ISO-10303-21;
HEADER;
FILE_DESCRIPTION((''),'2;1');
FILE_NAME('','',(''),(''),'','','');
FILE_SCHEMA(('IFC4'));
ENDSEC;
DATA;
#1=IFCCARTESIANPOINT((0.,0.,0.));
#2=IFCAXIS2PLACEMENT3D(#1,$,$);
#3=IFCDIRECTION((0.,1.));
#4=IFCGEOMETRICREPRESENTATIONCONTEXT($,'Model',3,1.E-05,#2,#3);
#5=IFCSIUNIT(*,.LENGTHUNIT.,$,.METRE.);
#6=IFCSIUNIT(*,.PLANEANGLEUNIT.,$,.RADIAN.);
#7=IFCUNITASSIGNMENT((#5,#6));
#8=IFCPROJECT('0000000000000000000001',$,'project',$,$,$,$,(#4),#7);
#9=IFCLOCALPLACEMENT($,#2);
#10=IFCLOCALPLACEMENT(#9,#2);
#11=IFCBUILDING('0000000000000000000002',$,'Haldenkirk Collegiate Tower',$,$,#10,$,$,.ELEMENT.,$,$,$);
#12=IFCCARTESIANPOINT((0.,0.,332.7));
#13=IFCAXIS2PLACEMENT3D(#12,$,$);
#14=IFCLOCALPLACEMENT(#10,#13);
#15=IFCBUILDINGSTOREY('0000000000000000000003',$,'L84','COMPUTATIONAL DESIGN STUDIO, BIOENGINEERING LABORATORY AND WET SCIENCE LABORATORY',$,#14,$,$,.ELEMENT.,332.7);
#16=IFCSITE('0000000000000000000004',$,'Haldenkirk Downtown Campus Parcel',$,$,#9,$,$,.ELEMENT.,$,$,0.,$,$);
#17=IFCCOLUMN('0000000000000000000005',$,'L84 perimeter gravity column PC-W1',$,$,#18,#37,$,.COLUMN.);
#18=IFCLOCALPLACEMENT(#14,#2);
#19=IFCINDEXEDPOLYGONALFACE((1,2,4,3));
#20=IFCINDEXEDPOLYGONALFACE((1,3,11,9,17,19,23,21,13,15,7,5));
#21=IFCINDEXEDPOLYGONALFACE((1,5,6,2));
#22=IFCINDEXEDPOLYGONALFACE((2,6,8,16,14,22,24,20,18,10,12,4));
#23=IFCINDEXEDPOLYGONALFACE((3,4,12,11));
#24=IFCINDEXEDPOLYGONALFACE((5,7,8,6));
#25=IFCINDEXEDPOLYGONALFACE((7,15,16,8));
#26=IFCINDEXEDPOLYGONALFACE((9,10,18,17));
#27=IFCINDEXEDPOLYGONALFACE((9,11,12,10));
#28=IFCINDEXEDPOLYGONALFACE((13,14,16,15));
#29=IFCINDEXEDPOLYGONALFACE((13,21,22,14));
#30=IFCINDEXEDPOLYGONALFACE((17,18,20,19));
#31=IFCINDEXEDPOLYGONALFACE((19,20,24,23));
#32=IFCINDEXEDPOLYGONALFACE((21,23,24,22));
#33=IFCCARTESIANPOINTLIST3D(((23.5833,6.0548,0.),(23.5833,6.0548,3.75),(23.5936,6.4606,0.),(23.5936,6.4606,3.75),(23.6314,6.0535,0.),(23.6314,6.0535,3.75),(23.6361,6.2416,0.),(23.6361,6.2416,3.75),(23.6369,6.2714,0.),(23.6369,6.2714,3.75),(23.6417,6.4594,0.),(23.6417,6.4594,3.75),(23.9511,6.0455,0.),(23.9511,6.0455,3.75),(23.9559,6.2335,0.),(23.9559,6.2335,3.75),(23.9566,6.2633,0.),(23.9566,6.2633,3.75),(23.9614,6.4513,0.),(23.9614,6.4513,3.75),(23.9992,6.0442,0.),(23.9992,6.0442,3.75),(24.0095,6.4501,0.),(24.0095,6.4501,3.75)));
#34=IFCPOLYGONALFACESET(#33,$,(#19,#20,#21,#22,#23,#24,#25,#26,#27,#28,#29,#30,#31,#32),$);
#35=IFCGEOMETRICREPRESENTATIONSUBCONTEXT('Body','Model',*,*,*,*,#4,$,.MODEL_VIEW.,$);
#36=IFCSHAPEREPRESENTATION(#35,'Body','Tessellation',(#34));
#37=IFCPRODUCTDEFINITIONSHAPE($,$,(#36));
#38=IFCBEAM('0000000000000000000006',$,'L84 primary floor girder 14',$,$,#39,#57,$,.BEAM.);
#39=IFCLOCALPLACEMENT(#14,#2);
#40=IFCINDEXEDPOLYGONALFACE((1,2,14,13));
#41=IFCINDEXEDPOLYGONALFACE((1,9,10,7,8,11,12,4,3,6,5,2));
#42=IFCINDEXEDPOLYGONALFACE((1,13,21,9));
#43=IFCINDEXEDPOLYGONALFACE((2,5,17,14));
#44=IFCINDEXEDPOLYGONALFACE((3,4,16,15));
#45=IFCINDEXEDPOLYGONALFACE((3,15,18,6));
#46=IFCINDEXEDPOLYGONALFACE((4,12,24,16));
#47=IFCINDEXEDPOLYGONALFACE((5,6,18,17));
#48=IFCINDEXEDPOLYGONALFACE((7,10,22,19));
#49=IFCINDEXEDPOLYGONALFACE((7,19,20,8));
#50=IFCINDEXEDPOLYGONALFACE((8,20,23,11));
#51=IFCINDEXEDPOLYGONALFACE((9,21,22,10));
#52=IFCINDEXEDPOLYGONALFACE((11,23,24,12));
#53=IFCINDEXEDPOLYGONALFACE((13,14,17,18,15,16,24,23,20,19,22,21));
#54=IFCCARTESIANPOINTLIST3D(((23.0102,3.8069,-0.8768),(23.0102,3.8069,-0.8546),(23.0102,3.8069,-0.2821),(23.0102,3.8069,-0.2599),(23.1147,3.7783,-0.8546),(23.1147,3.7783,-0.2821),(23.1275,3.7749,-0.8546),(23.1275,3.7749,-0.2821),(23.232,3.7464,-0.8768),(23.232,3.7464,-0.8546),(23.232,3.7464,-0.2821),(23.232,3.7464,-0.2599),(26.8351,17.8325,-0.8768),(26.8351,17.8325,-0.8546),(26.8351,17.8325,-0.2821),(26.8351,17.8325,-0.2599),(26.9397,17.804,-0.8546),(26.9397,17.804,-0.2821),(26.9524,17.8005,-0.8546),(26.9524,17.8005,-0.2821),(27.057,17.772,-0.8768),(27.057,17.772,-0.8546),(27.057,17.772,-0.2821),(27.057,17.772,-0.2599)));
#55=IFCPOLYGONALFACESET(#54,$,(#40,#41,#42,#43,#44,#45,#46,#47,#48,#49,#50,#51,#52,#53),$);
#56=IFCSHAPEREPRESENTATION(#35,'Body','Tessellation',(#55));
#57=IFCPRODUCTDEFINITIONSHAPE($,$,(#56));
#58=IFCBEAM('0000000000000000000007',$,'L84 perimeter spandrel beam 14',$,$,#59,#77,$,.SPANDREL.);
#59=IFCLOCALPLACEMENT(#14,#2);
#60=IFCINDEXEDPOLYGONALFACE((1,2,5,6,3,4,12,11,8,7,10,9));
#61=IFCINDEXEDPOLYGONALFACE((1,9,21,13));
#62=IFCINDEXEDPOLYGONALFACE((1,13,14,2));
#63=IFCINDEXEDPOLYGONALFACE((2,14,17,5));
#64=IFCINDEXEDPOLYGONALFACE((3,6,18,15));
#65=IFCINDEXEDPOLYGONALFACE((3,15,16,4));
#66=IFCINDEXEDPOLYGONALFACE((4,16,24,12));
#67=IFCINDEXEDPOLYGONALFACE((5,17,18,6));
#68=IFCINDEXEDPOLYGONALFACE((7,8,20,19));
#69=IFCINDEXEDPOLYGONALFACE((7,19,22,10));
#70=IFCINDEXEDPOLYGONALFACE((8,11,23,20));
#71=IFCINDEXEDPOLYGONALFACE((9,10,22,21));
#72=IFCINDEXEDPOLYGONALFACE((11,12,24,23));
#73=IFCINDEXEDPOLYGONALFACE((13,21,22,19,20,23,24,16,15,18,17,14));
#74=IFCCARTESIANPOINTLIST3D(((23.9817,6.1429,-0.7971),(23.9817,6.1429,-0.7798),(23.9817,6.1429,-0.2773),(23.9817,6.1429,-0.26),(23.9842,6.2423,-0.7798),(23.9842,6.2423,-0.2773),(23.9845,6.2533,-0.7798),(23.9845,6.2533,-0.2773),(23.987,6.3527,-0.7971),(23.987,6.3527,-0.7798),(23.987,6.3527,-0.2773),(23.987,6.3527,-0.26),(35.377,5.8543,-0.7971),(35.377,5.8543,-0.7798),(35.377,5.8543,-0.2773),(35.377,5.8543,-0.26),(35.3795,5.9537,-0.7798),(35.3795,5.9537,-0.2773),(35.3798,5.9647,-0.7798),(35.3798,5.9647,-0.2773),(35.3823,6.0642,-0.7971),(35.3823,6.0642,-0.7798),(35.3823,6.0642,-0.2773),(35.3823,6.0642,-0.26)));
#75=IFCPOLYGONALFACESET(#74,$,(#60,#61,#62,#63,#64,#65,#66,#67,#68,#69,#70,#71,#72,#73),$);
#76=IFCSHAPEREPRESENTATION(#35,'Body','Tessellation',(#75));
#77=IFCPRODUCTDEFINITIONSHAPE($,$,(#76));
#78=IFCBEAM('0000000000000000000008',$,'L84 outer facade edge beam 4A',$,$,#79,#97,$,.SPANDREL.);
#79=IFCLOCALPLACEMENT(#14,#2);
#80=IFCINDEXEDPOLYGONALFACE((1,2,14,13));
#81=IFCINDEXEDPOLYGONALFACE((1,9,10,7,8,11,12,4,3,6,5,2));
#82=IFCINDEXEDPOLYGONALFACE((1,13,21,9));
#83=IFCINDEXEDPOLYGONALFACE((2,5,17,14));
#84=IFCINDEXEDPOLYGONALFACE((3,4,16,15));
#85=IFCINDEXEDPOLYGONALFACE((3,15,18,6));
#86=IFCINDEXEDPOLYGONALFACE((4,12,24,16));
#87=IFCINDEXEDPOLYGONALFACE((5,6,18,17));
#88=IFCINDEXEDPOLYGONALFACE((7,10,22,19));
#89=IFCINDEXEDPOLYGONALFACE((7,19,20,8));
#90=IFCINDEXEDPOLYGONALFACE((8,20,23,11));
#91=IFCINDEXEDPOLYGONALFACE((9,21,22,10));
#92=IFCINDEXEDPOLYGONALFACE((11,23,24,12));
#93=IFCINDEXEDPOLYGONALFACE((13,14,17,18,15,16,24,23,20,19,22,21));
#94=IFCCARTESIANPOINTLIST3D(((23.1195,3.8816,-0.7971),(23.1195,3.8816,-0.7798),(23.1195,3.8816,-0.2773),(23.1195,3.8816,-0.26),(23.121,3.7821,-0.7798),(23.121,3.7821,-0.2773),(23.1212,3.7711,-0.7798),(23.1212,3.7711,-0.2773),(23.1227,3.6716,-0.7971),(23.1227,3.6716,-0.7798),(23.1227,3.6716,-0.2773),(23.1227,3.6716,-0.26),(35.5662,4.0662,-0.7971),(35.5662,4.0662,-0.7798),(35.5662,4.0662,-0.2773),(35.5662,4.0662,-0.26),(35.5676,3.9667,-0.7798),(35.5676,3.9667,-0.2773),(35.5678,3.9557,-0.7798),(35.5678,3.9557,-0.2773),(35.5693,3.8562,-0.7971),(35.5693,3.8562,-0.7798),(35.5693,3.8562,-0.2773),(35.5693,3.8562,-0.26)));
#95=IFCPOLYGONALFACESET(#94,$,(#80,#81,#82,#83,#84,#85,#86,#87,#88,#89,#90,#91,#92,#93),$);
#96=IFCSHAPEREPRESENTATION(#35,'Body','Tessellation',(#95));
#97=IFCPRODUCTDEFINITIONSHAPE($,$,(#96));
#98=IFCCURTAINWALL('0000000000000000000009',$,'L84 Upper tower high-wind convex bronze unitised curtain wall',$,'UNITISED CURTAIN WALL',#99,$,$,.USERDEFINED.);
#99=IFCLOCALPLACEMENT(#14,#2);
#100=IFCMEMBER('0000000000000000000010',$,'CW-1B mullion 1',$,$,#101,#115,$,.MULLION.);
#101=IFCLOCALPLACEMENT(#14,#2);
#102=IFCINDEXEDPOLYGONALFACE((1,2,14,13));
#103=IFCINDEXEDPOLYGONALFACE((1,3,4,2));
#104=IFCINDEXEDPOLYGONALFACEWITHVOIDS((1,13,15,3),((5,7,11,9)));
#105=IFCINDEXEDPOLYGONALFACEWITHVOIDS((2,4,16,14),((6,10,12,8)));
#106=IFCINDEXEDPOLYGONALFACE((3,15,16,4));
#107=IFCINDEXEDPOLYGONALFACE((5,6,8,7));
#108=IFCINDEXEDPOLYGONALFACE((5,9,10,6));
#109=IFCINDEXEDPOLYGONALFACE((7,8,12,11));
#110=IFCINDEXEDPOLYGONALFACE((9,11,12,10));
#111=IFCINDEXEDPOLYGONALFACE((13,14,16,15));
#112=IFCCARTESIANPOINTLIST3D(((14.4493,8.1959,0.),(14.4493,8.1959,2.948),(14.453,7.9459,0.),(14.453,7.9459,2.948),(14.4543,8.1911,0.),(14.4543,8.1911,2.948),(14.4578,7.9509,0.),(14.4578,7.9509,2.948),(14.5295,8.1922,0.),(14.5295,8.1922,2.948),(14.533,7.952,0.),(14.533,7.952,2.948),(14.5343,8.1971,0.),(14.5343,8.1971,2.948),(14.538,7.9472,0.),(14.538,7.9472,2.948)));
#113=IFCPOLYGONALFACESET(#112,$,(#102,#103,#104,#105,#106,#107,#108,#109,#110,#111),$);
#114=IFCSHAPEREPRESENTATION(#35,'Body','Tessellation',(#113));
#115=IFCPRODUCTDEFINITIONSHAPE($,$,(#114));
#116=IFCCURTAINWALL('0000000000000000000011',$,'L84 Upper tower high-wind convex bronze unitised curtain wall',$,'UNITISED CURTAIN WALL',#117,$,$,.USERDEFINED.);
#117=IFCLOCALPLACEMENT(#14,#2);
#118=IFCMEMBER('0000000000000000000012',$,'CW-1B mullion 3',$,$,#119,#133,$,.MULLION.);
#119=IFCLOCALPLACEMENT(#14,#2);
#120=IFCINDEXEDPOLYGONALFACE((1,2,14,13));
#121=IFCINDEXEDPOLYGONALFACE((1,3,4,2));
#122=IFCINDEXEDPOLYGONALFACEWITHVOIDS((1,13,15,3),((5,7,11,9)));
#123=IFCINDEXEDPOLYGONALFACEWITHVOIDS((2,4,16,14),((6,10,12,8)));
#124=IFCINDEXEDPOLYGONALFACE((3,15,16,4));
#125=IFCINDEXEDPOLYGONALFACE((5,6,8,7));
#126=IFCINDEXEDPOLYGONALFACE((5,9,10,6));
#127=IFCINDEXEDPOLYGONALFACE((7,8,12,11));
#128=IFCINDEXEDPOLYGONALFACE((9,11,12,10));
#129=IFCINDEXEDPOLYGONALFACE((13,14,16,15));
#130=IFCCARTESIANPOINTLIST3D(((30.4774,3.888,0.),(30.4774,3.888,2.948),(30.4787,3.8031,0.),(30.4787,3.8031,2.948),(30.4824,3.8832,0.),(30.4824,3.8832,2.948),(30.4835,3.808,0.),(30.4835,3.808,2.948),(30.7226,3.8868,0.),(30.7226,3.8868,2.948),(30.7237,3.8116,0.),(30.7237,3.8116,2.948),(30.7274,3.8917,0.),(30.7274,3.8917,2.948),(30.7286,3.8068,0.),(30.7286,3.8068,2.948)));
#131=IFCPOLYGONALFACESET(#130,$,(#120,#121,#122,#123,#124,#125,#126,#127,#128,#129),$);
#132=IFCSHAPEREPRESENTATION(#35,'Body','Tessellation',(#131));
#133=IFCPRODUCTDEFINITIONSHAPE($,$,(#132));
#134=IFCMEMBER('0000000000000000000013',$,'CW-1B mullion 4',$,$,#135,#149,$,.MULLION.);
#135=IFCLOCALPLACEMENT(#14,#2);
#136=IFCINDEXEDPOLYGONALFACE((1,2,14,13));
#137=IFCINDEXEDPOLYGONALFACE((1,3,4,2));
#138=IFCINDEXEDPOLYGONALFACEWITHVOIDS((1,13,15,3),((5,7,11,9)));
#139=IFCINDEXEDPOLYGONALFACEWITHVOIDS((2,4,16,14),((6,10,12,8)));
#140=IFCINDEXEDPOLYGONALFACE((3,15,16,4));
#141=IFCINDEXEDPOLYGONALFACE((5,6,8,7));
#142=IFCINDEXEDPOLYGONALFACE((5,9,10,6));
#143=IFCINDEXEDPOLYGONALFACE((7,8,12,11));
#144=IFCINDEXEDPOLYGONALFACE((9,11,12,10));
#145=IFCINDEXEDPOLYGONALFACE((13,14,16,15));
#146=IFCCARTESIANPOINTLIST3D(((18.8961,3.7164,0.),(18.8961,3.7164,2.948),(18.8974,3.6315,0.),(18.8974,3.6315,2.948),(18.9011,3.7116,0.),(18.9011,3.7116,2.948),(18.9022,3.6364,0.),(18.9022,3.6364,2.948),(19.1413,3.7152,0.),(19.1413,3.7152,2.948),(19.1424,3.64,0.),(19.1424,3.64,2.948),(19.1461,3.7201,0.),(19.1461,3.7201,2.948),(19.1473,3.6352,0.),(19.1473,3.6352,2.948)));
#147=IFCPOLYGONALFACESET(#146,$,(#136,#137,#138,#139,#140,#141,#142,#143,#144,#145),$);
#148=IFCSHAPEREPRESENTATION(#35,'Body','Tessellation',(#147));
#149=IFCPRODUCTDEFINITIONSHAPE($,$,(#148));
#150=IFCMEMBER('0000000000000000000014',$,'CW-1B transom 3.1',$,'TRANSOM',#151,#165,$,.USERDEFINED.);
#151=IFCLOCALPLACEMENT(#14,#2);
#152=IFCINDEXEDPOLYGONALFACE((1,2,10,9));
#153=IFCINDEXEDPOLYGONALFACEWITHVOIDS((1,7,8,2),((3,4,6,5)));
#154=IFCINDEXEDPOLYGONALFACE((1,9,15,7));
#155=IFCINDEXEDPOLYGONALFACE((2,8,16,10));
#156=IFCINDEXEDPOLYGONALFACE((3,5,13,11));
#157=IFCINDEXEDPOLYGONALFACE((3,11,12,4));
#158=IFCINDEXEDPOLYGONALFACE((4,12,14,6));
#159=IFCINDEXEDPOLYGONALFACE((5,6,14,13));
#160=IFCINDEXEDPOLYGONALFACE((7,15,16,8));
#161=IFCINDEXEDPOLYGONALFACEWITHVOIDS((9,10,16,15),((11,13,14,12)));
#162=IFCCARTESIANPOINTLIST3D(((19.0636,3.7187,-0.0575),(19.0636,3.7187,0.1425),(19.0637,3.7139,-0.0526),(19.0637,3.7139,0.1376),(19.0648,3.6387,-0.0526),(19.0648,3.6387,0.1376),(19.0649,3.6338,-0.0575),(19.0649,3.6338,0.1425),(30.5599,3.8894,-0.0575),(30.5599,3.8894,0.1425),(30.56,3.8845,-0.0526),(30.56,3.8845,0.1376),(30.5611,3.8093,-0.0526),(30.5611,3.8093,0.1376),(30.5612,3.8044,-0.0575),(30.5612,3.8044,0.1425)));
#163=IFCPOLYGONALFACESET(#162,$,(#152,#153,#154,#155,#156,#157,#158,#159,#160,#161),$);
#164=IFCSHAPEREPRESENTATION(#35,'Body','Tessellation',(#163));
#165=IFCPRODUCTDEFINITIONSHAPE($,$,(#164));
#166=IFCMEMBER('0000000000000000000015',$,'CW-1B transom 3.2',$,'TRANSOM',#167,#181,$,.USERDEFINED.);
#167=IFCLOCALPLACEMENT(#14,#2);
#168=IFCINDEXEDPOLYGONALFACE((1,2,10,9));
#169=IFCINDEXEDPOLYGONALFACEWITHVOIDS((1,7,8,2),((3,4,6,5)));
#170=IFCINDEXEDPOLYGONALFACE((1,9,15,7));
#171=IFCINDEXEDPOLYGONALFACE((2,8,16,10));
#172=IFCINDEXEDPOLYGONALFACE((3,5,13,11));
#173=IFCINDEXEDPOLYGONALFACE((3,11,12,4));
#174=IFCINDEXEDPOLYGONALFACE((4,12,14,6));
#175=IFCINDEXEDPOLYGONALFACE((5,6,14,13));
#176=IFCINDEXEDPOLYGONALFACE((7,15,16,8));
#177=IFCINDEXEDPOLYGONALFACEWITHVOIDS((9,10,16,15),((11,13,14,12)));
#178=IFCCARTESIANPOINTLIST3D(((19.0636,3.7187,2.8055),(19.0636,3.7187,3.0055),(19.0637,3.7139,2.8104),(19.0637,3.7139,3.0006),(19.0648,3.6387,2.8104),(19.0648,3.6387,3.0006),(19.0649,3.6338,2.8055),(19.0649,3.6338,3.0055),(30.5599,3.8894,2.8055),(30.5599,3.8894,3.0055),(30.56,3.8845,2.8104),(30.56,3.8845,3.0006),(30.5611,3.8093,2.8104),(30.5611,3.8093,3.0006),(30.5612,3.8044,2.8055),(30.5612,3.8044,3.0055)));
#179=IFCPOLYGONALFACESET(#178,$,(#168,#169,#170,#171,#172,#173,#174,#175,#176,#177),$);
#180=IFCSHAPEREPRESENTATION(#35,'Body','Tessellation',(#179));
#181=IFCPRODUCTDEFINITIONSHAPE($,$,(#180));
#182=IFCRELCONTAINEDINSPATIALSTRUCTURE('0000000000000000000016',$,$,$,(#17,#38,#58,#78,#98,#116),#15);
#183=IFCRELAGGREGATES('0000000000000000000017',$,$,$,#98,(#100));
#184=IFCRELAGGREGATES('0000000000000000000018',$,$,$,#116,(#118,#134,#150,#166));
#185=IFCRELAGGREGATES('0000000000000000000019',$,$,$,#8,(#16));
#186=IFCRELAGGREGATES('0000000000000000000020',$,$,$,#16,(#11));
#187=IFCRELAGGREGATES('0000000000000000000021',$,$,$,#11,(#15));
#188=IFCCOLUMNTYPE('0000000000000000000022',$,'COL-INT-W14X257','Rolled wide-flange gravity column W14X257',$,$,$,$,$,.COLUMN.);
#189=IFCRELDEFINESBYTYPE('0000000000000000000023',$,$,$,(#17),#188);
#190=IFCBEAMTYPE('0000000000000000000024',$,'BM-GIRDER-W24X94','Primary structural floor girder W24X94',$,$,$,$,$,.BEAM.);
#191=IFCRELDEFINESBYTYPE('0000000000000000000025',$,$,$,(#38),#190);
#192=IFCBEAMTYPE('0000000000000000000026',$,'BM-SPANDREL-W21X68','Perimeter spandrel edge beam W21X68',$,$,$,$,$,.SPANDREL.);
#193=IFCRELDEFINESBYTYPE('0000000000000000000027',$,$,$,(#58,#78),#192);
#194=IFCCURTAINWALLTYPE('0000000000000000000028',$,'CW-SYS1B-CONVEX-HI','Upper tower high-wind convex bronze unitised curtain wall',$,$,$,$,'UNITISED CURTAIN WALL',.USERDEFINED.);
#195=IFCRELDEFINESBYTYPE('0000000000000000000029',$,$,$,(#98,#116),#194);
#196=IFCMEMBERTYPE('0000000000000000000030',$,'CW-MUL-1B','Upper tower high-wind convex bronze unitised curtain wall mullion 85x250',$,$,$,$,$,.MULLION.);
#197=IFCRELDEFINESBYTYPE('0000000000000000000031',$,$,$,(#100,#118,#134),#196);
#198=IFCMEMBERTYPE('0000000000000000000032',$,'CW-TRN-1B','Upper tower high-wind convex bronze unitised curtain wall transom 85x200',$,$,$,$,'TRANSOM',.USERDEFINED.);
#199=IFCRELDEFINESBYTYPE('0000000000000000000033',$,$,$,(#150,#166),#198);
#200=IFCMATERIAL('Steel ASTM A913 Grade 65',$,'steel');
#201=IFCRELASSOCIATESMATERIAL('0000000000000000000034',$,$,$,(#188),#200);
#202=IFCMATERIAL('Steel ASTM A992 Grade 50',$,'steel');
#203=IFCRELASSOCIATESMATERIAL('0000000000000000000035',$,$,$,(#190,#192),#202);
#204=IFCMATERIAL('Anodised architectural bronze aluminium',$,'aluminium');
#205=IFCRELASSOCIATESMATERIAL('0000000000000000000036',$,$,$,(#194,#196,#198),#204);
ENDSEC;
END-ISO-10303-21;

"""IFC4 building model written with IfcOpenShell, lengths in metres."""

from ifc_helpers import new_model, si_unit, direction, frame, origin, origin_2d, place, context, subcontext, project, spatial, hollow_rectangle, i_section, extrude, material, material_profile, profile_set, type_object, element, aggregate, save


model = new_model("IFC4")

# Units and contexts
model_context = context("Model", 3, precision=1e-05, world=origin(), true_north=direction((0.0, 1.0)))
body_context = subcontext(model_context, "Body", "Model", "MODEL_VIEW")
ifc_project = project(units=[si_unit("LENGTHUNIT", "METRE"), si_unit("PLANEANGLEUNIT", "RADIAN")], contexts=[model_context])

# Site, building, storey
site_placement = place(None, origin())
site = spatial("IfcSite", under=ifc_project, at=site_placement, Name="Haldenkirk Downtown Campus Parcel", CompositionType="ELEMENT", RefElevation=0.0)
building_placement = place(site_placement, origin())
building = spatial("IfcBuilding", under=site, at=building_placement, Name="Haldenkirk Collegiate Tower", CompositionType="ELEMENT")
storey_placement = place(building_placement, frame((0.0, 0.0, 332.7)))
storey = spatial("IfcBuildingStorey", under=building, at=storey_placement, Name="L84", Description="COMPUTATIONAL DESIGN STUDIO, BIOENGINEERING LABORATORY AND WET SCIENCE LABORATORY", CompositionType="ELEMENT", Elevation=332.7)

# Column
ifc_material_1 = material(Name="Steel ASTM A913 Grade 65", Category="steel")
ifc_material_profile_1 = material_profile(ifc_material_1, i_section(OverallWidth=0.406, OverallDepth=0.416, WebThickness=0.0298, FlangeThickness=0.0481, at=origin_2d()), Name="W14X257")
ifc_profile_set_1 = profile_set([ifc_material_profile_1], Name="Steel ASTM A913 Grade 65")
column_type = type_object("IfcColumnType", Name="COL-INT-W14X257", Description="Rolled wide-flange gravity column W14X257", PredefinedType="COLUMN", material=ifc_profile_set_1)
column_placement = place(storey_placement, frame((23.7964, 6.2524, 0.0), z_axis=(0.0, 0.0, 1.0), x_axis=(0.025305, 0.99968, 0.0)))
element("IfcColumn", 1, at=column_placement, inside=storey, type_object=column_type, Name="L84 perimeter gravity column PC-W1", PredefinedType="COLUMN", context=body_context, shape_type="SweptSolid", body=[
    extrude(i_section(OverallWidth=0.406, OverallDepth=0.416, WebThickness=0.0298, FlangeThickness=0.0481, at=origin_2d()), origin(), (0.0, 0.0, 1.0), 3.75),
])

# Beams
ifc_material_2 = material(Name="Steel ASTM A992 Grade 50", Category="steel")
ifc_material_profile_2 = material_profile(ifc_material_2, i_section(OverallWidth=0.23, OverallDepth=0.6169, WebThickness=0.0132, FlangeThickness=0.0222, at=origin_2d()), Name="W24X94")
ifc_profile_set_2 = profile_set([ifc_material_profile_2], Name="Steel ASTM A992 Grade 50")
beam_type_1 = type_object("IfcBeamType", Name="BM-GIRDER-W24X94", Description="Primary structural floor girder W24X94", PredefinedType="BEAM", material=ifc_profile_set_2)
beam_1_placement = place(storey_placement, frame((23.1211, 3.7766, -0.5684), z_axis=(0.263103, 0.964768, 0.0), x_axis=(-0.964768, 0.263103, 0.0)))
element("IfcBeam", 2, at=beam_1_placement, inside=storey, type_object=beam_type_1, Name="L84 primary floor girder 14", PredefinedType="BEAM", context=body_context, shape_type="SweptSolid", body=[
    extrude(i_section(OverallWidth=0.23, OverallDepth=0.6169, WebThickness=0.0132, FlangeThickness=0.0222, at=origin_2d()), origin(), (0.0, 0.0, 1.0), 14.5378),
])
ifc_material_profile_3 = material_profile(ifc_material_2, i_section(OverallWidth=0.21, OverallDepth=0.5371, WebThickness=0.011, FlangeThickness=0.0173, at=origin_2d()), Name="W21X68")
ifc_profile_set_3 = profile_set([ifc_material_profile_3], Name="Steel ASTM A992 Grade 50")
beam_type_2 = type_object("IfcBeamType", Name="BM-SPANDREL-W21X68", Description="Perimeter spandrel edge beam W21X68", PredefinedType="SPANDREL", material=ifc_profile_set_3)
beam_2_placement = place(storey_placement, frame((23.9844, 6.2478, -0.5286), z_axis=(0.99968, -0.025316, 0.0), x_axis=(0.025316, 0.99968, 0.0)))
element("IfcBeam", 3, at=beam_2_placement, inside=storey, type_object=beam_type_2, Name="L84 perimeter spandrel beam 14", PredefinedType="SPANDREL", context=body_context, shape_type="SweptSolid", body=[
    extrude(i_section(OverallWidth=0.21, OverallDepth=0.5371, WebThickness=0.011, FlangeThickness=0.0173, at=origin_2d()), origin(), (0.0, 0.0, 1.0), 11.3989),
])
beam_3_placement = place(storey_placement, frame((23.1211, 3.7766, -0.5286), z_axis=(0.99989, 0.014827, 0.0), x_axis=(-0.014827, 0.99989, 0.0)))
element("IfcBeam", 4, at=beam_3_placement, inside=storey, type_object=beam_type_2, Name="L84 outer facade edge beam 4A", PredefinedType="SPANDREL", context=body_context, shape_type="SweptSolid", body=[
    extrude(i_section(OverallWidth=0.21, OverallDepth=0.5371, WebThickness=0.011, FlangeThickness=0.0173, at=origin_2d()), origin(), (0.0, 0.0, 1.0), 12.448),
])

# Curtain wall, member
ifc_material_3 = material(Name="Anodised architectural bronze aluminium", Category="aluminium")
curtain_wall_type = type_object("IfcCurtainWallType", Name="CW-SYS1B-CONVEX-HI", Description="Upper tower high-wind convex bronze unitised curtain wall", ElementType="UNITISED CURTAIN WALL", PredefinedType="USERDEFINED", material=ifc_material_3)
curtain_wall_1_placement = place(storey_placement, origin())
curtain_wall_1 = element("IfcCurtainWall", 5, at=curtain_wall_1_placement, inside=storey, type_object=curtain_wall_type, Name="L84 Upper tower high-wind convex bronze unitised curtain wall", ObjectType="UNITISED CURTAIN WALL", PredefinedType="USERDEFINED")
ifc_material_profile_4 = material_profile(ifc_material_3, hollow_rectangle(XDim=0.085, YDim=0.25, WallThickness=0.0049, at=origin_2d()), Name="CW-MUL-1B")
ifc_profile_set_4 = profile_set([ifc_material_profile_4], Name="Anodised architectural bronze aluminium")
member_type_1 = type_object("IfcMemberType", Name="CW-MUL-1B", Description="Upper tower high-wind convex bronze unitised curtain wall mullion 85x250", PredefinedType="MULLION", material=ifc_profile_set_4)
member_1_placement = place(storey_placement, frame((14.4937, 8.0715, 0.0), z_axis=(0.0, 0.0, 1.0), x_axis=(-0.99989, -0.014833, 0.0)))
member_1 = element("IfcMember", 6, at=member_1_placement, type_object=member_type_1, Name="CW-1B mullion 1", PredefinedType="MULLION", context=body_context, shape_type="SweptSolid", body=[
    extrude(hollow_rectangle(XDim=0.085, YDim=0.25, WallThickness=0.0049, at=origin_2d()), origin(), (0.0, 0.0, 1.0), 2.948),
])
aggregate(curtain_wall_1, [member_1])

# Curtain wall, members
curtain_wall_2_placement = place(storey_placement, origin())
curtain_wall_2 = element("IfcCurtainWall", 7, at=curtain_wall_2_placement, inside=storey, type_object=curtain_wall_type, Name="L84 Upper tower high-wind convex bronze unitised curtain wall", ObjectType="UNITISED CURTAIN WALL", PredefinedType="USERDEFINED")
member_2_placement = place(storey_placement, frame((30.603, 3.8474, 0.0), z_axis=(0.0, 0.0, 1.0), x_axis=(0.014833, -0.99989, 0.0)))
member_2 = element("IfcMember", 8, at=member_2_placement, type_object=member_type_1, Name="CW-1B mullion 3", PredefinedType="MULLION", context=body_context, shape_type="SweptSolid", body=[
    extrude(hollow_rectangle(XDim=0.085, YDim=0.25, WallThickness=0.0049, at=origin_2d()), origin(), (0.0, 0.0, 1.0), 2.948),
])
member_3_placement = place(storey_placement, frame((19.0217, 3.6758, 0.0), z_axis=(0.0, 0.0, 1.0), x_axis=(0.014833, -0.99989, 0.0)))
member_3 = element("IfcMember", 9, at=member_3_placement, type_object=member_type_1, Name="CW-1B mullion 4", PredefinedType="MULLION", context=body_context, shape_type="SweptSolid", body=[
    extrude(hollow_rectangle(XDim=0.085, YDim=0.25, WallThickness=0.0049, at=origin_2d()), origin(), (0.0, 0.0, 1.0), 2.948),
])
ifc_material_profile_5 = material_profile(ifc_material_3, hollow_rectangle(XDim=0.085, YDim=0.2, WallThickness=0.0049, at=origin_2d()), Name="CW-TRN-1B")
ifc_profile_set_5 = profile_set([ifc_material_profile_5], Name="Anodised architectural bronze aluminium")
member_type_2 = type_object("IfcMemberType", Name="CW-TRN-1B", Description="Upper tower high-wind convex bronze unitised curtain wall transom 85x200", ElementType="TRANSOM", PredefinedType="USERDEFINED", material=ifc_profile_set_5)
member_4_placement = place(storey_placement, frame((30.5605, 3.8469, 0.0425), z_axis=(-0.99989, -0.014843, 0.0), x_axis=(0.014843, -0.99989, 0.0)))
member_4 = element("IfcMember", 10, at=member_4_placement, type_object=member_type_2, Name="CW-1B transom 3.1", ObjectType="TRANSOM", PredefinedType="USERDEFINED", context=body_context, shape_type="SweptSolid", body=[
    extrude(hollow_rectangle(XDim=0.085, YDim=0.2, WallThickness=0.0049, at=origin_2d()), origin(), (0.0, 0.0, 1.0), 11.4976),
])
member_5_placement = place(storey_placement, frame((30.5605, 3.8469, 2.9055), z_axis=(-0.99989, -0.014843, 0.0), x_axis=(0.014843, -0.99989, 0.0)))
member_5 = element("IfcMember", 11, at=member_5_placement, type_object=member_type_2, Name="CW-1B transom 3.2", ObjectType="TRANSOM", PredefinedType="USERDEFINED", context=body_context, shape_type="SweptSolid", body=[
    extrude(hollow_rectangle(XDim=0.085, YDim=0.2, WallThickness=0.0049, at=origin_2d()), origin(), (0.0, 0.0, 1.0), 11.4976),
])
aggregate(curtain_wall_2, [member_2, member_3, member_4, member_5])

save(model, "model.ifc")
